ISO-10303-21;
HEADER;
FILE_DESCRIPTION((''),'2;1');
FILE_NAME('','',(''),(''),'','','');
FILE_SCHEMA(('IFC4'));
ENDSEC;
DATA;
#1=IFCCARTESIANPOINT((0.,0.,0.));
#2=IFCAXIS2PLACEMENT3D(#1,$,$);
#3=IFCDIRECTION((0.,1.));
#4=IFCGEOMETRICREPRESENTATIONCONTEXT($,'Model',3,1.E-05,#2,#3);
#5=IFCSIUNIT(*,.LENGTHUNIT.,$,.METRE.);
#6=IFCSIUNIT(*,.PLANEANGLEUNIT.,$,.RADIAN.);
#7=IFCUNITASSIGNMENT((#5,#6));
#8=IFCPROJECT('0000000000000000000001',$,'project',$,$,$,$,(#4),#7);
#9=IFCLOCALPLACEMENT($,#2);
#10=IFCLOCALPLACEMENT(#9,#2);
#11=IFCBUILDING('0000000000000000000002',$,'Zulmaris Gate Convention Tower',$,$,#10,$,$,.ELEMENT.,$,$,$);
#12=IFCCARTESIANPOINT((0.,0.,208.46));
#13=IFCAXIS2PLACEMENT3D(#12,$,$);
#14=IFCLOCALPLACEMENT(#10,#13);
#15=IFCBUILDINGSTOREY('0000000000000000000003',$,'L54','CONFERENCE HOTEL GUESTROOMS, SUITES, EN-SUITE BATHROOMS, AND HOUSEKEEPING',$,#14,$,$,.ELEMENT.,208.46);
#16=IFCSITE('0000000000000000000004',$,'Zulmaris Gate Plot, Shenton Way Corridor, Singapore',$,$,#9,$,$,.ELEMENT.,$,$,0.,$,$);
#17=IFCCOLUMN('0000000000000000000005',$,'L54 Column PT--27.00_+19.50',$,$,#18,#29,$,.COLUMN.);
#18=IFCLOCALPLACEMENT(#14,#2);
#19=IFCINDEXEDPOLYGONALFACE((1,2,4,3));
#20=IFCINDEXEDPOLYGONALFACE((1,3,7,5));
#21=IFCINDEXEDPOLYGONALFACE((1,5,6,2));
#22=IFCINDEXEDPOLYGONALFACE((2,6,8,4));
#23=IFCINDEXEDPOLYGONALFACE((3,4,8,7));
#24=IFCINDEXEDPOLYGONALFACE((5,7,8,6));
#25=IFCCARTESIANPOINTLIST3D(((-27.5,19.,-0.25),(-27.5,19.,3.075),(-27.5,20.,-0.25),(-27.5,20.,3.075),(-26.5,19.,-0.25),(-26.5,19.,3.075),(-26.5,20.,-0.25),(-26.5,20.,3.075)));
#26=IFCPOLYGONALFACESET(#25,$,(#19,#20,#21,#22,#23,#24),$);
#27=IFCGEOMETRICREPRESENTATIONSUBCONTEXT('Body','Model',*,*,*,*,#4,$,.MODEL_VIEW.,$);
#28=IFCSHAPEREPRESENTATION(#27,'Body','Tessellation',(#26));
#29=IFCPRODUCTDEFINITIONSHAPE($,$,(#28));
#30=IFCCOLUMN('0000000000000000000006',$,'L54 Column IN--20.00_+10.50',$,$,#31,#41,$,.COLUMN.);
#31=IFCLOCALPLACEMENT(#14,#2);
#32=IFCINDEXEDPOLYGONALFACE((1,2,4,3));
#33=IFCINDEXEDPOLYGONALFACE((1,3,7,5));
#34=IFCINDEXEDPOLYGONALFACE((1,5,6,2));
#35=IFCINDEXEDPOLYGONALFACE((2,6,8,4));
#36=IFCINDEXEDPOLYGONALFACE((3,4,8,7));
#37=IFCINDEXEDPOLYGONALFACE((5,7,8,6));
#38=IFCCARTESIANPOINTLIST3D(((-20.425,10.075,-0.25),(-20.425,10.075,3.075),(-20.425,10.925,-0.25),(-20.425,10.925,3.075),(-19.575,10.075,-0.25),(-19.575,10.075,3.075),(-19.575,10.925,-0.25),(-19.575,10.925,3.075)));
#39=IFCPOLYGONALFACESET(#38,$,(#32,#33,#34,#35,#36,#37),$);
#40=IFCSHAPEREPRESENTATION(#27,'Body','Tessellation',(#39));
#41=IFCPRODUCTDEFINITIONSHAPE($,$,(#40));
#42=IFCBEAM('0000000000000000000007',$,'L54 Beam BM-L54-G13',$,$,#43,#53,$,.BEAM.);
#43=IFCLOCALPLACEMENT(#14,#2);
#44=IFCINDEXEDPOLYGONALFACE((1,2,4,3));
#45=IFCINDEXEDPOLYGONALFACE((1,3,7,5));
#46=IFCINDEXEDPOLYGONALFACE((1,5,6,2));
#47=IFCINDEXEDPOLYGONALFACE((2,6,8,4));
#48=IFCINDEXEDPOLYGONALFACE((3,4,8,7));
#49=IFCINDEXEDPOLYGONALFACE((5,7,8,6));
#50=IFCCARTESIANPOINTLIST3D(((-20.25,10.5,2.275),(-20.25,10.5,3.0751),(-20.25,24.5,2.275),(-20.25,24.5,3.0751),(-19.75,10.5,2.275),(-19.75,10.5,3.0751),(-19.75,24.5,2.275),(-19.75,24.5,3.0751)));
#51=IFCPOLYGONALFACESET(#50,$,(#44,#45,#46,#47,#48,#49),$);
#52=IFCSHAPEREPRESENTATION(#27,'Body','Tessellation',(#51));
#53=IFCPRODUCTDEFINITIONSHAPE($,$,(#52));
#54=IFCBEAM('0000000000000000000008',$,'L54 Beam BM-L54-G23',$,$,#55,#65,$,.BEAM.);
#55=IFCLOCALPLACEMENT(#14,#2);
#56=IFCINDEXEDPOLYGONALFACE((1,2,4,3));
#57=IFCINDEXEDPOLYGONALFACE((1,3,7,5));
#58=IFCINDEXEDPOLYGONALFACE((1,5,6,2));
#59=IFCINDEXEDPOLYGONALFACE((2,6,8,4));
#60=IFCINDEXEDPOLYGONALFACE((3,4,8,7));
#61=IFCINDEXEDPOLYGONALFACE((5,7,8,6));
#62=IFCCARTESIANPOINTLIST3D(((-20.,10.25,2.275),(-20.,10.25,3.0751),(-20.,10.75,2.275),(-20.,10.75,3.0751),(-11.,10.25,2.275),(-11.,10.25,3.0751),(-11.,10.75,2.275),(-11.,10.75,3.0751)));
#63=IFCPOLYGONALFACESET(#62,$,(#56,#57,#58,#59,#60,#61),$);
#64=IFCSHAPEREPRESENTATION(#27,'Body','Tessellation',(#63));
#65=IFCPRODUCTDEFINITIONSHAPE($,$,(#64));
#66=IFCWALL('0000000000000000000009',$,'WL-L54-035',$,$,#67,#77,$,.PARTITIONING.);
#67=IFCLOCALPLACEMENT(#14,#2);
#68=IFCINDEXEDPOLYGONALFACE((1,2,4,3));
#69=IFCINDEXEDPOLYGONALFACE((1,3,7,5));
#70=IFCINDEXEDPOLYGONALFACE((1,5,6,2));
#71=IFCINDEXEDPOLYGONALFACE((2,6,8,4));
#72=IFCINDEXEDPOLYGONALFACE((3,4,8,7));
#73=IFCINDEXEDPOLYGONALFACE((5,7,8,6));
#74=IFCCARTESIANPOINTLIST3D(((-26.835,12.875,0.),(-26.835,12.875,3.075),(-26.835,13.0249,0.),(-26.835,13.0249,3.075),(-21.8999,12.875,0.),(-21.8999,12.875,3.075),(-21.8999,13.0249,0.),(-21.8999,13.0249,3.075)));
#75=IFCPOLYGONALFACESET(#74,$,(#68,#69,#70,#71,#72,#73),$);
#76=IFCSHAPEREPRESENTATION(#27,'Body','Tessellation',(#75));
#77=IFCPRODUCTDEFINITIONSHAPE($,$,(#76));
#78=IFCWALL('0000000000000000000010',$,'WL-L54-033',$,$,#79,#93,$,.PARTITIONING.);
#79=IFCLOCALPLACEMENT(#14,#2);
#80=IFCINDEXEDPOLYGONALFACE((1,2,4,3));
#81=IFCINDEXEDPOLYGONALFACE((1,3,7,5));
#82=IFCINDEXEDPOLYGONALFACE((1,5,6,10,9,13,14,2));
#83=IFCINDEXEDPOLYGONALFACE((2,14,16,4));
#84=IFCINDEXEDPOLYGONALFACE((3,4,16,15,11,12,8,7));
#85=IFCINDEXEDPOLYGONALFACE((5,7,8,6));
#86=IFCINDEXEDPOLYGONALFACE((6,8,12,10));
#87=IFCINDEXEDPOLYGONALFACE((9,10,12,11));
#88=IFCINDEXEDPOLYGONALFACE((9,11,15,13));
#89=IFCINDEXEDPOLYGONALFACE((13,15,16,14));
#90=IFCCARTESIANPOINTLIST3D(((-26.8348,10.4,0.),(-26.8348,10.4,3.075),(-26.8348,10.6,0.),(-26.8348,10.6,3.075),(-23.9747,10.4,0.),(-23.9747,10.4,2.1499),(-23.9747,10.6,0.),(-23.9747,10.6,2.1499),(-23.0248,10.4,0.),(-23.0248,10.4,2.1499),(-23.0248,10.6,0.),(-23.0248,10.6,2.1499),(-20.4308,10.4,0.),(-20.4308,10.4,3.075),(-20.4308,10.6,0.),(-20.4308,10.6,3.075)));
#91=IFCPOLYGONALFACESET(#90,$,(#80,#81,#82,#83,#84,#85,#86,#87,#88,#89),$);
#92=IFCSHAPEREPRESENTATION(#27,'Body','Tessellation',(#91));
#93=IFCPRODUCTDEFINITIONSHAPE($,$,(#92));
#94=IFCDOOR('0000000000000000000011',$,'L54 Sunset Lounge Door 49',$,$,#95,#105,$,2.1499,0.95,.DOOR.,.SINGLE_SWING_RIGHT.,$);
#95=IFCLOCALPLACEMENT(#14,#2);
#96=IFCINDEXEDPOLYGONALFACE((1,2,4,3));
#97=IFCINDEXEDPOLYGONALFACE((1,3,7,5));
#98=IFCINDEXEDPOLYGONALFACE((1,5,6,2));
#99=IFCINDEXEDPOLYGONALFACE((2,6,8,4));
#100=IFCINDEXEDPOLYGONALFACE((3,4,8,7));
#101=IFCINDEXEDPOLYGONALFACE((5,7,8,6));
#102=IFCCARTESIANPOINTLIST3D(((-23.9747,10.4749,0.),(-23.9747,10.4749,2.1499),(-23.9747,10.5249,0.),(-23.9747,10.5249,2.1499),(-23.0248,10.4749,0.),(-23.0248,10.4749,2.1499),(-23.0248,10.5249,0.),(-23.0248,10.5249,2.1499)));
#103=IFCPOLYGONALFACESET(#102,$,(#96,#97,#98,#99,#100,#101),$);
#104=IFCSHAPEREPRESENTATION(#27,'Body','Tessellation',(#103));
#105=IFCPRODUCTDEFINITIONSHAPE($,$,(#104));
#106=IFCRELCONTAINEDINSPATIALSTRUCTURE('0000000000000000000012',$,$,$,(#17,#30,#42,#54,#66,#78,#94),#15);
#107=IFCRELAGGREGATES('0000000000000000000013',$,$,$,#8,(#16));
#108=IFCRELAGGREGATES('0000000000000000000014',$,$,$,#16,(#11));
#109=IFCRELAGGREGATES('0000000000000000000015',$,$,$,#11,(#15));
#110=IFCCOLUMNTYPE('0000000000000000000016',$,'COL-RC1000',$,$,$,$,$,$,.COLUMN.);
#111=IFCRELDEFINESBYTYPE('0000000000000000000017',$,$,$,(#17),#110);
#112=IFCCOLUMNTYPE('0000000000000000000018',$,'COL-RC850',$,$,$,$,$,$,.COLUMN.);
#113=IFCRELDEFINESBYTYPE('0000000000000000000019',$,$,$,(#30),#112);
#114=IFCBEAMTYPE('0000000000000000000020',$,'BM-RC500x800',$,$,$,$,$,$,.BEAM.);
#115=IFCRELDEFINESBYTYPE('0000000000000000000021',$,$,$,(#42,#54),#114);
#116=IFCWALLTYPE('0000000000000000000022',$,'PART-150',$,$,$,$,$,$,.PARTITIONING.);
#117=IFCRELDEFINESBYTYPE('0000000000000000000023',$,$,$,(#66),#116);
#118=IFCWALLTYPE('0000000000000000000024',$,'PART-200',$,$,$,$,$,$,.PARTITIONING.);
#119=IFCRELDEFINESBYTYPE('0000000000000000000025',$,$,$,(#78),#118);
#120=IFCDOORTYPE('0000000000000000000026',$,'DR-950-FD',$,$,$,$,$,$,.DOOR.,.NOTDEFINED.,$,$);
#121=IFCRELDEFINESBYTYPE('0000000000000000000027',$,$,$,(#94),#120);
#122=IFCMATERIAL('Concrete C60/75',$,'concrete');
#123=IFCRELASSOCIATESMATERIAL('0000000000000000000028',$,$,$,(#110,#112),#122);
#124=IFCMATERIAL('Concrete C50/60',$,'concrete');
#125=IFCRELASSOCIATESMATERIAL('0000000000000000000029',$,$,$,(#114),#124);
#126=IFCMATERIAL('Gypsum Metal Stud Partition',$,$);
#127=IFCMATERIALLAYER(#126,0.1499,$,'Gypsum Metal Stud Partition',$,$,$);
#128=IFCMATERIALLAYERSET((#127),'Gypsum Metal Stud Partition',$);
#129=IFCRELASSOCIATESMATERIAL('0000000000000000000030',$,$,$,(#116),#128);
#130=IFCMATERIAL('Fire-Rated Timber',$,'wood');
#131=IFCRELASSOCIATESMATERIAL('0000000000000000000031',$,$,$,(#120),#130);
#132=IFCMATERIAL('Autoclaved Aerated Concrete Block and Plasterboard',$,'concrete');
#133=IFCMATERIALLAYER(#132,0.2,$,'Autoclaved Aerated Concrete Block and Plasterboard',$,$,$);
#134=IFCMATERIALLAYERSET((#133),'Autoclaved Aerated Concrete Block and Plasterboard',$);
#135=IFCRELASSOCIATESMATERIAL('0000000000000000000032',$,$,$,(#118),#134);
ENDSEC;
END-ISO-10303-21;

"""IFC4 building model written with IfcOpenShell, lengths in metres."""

from ifc_helpers import new_model, si_unit, direction, frame, frame_2d, origin, origin_2d, place, context, subcontext, project, spatial, rectangle, extrude, material, layer, layer_set, material_profile, profile_set, type_object, element, fill, save


model = new_model("IFC4")

# Units and contexts
model_context = context("Model", 3, precision=1e-05, world=origin(), true_north=direction((0.0, 1.0)))
body_context = subcontext(model_context, "Body", "Model", "MODEL_VIEW")
ifc_project = project(units=[si_unit("LENGTHUNIT", "METRE"), si_unit("PLANEANGLEUNIT", "RADIAN")], contexts=[model_context])

# Site, building, storey
site_placement = place(None, origin())
site = spatial("IfcSite", under=ifc_project, at=site_placement, Name="Zulmaris Gate Plot, Shenton Way Corridor, Singapore", CompositionType="ELEMENT", RefElevation=0.0)
building_placement = place(site_placement, origin())
building = spatial("IfcBuilding", under=site, at=building_placement, Name="Zulmaris Gate Convention Tower", CompositionType="ELEMENT")
storey_placement = place(building_placement, frame((0.0, 0.0, 208.46)))
storey = spatial("IfcBuildingStorey", under=building, at=storey_placement, Name="L54", Description="CONFERENCE HOTEL GUESTROOMS, SUITES, EN-SUITE BATHROOMS, AND HOUSEKEEPING", CompositionType="ELEMENT", Elevation=208.46)

# Columns
ifc_material_1 = material(Name="Concrete C60/75", Category="concrete")
ifc_material_profile_1 = material_profile(ifc_material_1, rectangle(XDim=1.0, YDim=1.0, at=origin_2d()), Name="RC COL 1000x1000")
ifc_profile_set_1 = profile_set([ifc_material_profile_1], Name="Concrete C60/75")
column_type_1 = type_object("IfcColumnType", Name="COL-RC1000", PredefinedType="COLUMN", material=ifc_profile_set_1)
column_1_placement = place(storey_placement, frame((-27.0, 19.5, -0.25), z_axis=(0.0, 0.0, 1.0), x_axis=(1.0, 0.0, 0.0)))
element("IfcColumn", 1, at=column_1_placement, inside=storey, type_object=column_type_1, Name="L54 Column PT--27.00_+19.50", PredefinedType="COLUMN", context=body_context, shape_type="SweptSolid", body=[
    extrude(rectangle(XDim=1.0, YDim=1.0, at=origin_2d()), origin(), (0.0, 0.0, 1.0), 3.325),
])
ifc_material_profile_2 = material_profile(ifc_material_1, rectangle(XDim=0.8501, YDim=0.8501, at=origin_2d()), Name="RC COL 850x850")
ifc_profile_set_2 = profile_set([ifc_material_profile_2], Name="Concrete C60/75")
column_type_2 = type_object("IfcColumnType", Name="COL-RC850", PredefinedType="COLUMN", material=ifc_profile_set_2)
column_2_placement = place(storey_placement, frame((-20.0, 10.5, -0.25), z_axis=(0.0, 0.0, 1.0), x_axis=(1.0, 0.0, 0.0)))
element("IfcColumn", 2, at=column_2_placement, inside=storey, type_object=column_type_2, Name="L54 Column IN--20.00_+10.50", PredefinedType="COLUMN", context=body_context, shape_type="SweptSolid", body=[
    extrude(rectangle(XDim=0.8501, YDim=0.8501, at=origin_2d()), origin(), (0.0, 0.0, 1.0), 3.325),
])

# Beams
ifc_material_2 = material(Name="Concrete C50/60", Category="concrete")
ifc_material_profile_3 = material_profile(ifc_material_2, rectangle(XDim=0.5, YDim=0.8, at=origin_2d()), Name="RC BEAM 500x800")
ifc_profile_set_3 = profile_set([ifc_material_profile_3], Name="Concrete C50/60")
beam_type = type_object("IfcBeamType", Name="BM-RC500x800", PredefinedType="BEAM", material=ifc_profile_set_3)
beam_1_placement = place(storey_placement, frame((-20.0, 10.5, 2.675), z_axis=(0.0, 1.0, 0.0), x_axis=(-1.0, 0.0, 0.0)))
element("IfcBeam", 3, at=beam_1_placement, inside=storey, type_object=beam_type, Name="L54 Beam BM-L54-G13", PredefinedType="BEAM", context=body_context, shape_type="SweptSolid", body=[
    extrude(rectangle(XDim=0.5, YDim=0.8, at=origin_2d()), origin(), (0.0, 0.0, 1.0), 14.0),
])
beam_2_placement = place(storey_placement, frame((-20.0, 10.5, 2.675), z_axis=(1.0, 0.0, 0.0), x_axis=(0.0, 1.0, 0.0)))
element("IfcBeam", 4, at=beam_2_placement, inside=storey, type_object=beam_type, Name="L54 Beam BM-L54-G23", PredefinedType="BEAM", context=body_context, shape_type="SweptSolid", body=[
    extrude(rectangle(XDim=0.5, YDim=0.8, at=origin_2d()), origin(), (0.0, 0.0, 1.0), 9.0),
])

# Wall
ifc_material_3 = material(Name="Gypsum Metal Stud Partition")
ifc_layer_1 = layer(ifc_material_3, 0.1499, Name="Gypsum Metal Stud Partition")
ifc_layer_set_1 = layer_set([ifc_layer_1], Name="Gypsum Metal Stud Partition")
wall_type_1 = type_object("IfcWallType", Name="PART-150", PredefinedType="PARTITIONING", material=ifc_layer_set_1)
wall_1_placement = place(storey_placement, frame((-26.835, 12.95, 0.0), z_axis=(0.0, 0.0, 1.0), x_axis=(1.0, 0.0, 0.0)))
element("IfcWall", 5, at=wall_1_placement, inside=storey, type_object=wall_type_1, Name="WL-L54-035", PredefinedType="PARTITIONING", context=body_context, shape_type="SweptSolid", body=[
    extrude(rectangle(XDim=4.9351, YDim=0.1499, at=frame_2d((2.4675, 0.0))), origin(), (0.0, 0.0, 1.0), 3.075),
])

# Wall, opening, door
ifc_material_4 = material(Name="Fire-Rated Timber", Category="wood")
door_type_1 = type_object("IfcDoorType", Name="DR-950-FD", OperationType="NOTDEFINED", PredefinedType="DOOR", material=ifc_material_4)
ifc_material_5 = material(Name="Autoclaved Aerated Concrete Block and Plasterboard", Category="concrete")
ifc_layer_2 = layer(ifc_material_5, 0.2, Name="Autoclaved Aerated Concrete Block and Plasterboard")
ifc_layer_set_2 = layer_set([ifc_layer_2], Name="Autoclaved Aerated Concrete Block and Plasterboard")
wall_type_2 = type_object("IfcWallType", Name="PART-200", PredefinedType="PARTITIONING", material=ifc_layer_set_2)
wall_2_placement = place(storey_placement, frame((-26.835, 10.5, 0.0), z_axis=(0.0, 0.0, 1.0), x_axis=(1.0, 0.0, 0.0)))
wall_2 = element("IfcWall", 6, at=wall_2_placement, inside=storey, type_object=wall_type_2, Name="WL-L54-033", PredefinedType="PARTITIONING", context=body_context, shape_type="SweptSolid", body=[
    extrude(rectangle(XDim=6.4041, YDim=0.2, at=frame_2d((3.2021, 0.0))), origin(), (0.0, 0.0, 1.0), 3.075),
])
opening_1_placement = place(wall_2_placement, frame((2.8601, 0.0, 0.0)))
opening_1 = element("IfcOpeningElement", 7, at=opening_1_placement, cuts=wall_2, PredefinedType="OPENING", context=body_context, shape_type="SweptSolid", body=[
    extrude(rectangle(XDim=0.95, YDim=2.1499, at=frame_2d((0.4751, 1.075))), frame((0.0, 0.1099, 0.0), z_axis=(0.0, -1.0, 0.0), x_axis=(1.0, 0.0, 0.0)), (0.0, 0.0, 1.0), 0.22),
])
door_1_placement = place(opening_1_placement, origin())
door_1 = element("IfcDoor", 8, at=door_1_placement, inside=storey, type_object=door_type_1, Name="L54 Sunset Lounge Door 49", OperationType="SINGLE_SWING_RIGHT", OverallHeight=2.1499, OverallWidth=0.95, PredefinedType="DOOR", context=body_context, shape_type="SweptSolid", body=[
    extrude(rectangle(XDim=0.95, YDim=2.1499, at=frame_2d((0.4751, 1.075))), frame((0.0, 0.0249, 0.0), z_axis=(0.0, -1.0, 0.0), x_axis=(1.0, 0.0, 0.0)), (0.0, 0.0, 1.0), 0.05),
])
fill(opening_1, door_1)

save(model, "model.ifc")
